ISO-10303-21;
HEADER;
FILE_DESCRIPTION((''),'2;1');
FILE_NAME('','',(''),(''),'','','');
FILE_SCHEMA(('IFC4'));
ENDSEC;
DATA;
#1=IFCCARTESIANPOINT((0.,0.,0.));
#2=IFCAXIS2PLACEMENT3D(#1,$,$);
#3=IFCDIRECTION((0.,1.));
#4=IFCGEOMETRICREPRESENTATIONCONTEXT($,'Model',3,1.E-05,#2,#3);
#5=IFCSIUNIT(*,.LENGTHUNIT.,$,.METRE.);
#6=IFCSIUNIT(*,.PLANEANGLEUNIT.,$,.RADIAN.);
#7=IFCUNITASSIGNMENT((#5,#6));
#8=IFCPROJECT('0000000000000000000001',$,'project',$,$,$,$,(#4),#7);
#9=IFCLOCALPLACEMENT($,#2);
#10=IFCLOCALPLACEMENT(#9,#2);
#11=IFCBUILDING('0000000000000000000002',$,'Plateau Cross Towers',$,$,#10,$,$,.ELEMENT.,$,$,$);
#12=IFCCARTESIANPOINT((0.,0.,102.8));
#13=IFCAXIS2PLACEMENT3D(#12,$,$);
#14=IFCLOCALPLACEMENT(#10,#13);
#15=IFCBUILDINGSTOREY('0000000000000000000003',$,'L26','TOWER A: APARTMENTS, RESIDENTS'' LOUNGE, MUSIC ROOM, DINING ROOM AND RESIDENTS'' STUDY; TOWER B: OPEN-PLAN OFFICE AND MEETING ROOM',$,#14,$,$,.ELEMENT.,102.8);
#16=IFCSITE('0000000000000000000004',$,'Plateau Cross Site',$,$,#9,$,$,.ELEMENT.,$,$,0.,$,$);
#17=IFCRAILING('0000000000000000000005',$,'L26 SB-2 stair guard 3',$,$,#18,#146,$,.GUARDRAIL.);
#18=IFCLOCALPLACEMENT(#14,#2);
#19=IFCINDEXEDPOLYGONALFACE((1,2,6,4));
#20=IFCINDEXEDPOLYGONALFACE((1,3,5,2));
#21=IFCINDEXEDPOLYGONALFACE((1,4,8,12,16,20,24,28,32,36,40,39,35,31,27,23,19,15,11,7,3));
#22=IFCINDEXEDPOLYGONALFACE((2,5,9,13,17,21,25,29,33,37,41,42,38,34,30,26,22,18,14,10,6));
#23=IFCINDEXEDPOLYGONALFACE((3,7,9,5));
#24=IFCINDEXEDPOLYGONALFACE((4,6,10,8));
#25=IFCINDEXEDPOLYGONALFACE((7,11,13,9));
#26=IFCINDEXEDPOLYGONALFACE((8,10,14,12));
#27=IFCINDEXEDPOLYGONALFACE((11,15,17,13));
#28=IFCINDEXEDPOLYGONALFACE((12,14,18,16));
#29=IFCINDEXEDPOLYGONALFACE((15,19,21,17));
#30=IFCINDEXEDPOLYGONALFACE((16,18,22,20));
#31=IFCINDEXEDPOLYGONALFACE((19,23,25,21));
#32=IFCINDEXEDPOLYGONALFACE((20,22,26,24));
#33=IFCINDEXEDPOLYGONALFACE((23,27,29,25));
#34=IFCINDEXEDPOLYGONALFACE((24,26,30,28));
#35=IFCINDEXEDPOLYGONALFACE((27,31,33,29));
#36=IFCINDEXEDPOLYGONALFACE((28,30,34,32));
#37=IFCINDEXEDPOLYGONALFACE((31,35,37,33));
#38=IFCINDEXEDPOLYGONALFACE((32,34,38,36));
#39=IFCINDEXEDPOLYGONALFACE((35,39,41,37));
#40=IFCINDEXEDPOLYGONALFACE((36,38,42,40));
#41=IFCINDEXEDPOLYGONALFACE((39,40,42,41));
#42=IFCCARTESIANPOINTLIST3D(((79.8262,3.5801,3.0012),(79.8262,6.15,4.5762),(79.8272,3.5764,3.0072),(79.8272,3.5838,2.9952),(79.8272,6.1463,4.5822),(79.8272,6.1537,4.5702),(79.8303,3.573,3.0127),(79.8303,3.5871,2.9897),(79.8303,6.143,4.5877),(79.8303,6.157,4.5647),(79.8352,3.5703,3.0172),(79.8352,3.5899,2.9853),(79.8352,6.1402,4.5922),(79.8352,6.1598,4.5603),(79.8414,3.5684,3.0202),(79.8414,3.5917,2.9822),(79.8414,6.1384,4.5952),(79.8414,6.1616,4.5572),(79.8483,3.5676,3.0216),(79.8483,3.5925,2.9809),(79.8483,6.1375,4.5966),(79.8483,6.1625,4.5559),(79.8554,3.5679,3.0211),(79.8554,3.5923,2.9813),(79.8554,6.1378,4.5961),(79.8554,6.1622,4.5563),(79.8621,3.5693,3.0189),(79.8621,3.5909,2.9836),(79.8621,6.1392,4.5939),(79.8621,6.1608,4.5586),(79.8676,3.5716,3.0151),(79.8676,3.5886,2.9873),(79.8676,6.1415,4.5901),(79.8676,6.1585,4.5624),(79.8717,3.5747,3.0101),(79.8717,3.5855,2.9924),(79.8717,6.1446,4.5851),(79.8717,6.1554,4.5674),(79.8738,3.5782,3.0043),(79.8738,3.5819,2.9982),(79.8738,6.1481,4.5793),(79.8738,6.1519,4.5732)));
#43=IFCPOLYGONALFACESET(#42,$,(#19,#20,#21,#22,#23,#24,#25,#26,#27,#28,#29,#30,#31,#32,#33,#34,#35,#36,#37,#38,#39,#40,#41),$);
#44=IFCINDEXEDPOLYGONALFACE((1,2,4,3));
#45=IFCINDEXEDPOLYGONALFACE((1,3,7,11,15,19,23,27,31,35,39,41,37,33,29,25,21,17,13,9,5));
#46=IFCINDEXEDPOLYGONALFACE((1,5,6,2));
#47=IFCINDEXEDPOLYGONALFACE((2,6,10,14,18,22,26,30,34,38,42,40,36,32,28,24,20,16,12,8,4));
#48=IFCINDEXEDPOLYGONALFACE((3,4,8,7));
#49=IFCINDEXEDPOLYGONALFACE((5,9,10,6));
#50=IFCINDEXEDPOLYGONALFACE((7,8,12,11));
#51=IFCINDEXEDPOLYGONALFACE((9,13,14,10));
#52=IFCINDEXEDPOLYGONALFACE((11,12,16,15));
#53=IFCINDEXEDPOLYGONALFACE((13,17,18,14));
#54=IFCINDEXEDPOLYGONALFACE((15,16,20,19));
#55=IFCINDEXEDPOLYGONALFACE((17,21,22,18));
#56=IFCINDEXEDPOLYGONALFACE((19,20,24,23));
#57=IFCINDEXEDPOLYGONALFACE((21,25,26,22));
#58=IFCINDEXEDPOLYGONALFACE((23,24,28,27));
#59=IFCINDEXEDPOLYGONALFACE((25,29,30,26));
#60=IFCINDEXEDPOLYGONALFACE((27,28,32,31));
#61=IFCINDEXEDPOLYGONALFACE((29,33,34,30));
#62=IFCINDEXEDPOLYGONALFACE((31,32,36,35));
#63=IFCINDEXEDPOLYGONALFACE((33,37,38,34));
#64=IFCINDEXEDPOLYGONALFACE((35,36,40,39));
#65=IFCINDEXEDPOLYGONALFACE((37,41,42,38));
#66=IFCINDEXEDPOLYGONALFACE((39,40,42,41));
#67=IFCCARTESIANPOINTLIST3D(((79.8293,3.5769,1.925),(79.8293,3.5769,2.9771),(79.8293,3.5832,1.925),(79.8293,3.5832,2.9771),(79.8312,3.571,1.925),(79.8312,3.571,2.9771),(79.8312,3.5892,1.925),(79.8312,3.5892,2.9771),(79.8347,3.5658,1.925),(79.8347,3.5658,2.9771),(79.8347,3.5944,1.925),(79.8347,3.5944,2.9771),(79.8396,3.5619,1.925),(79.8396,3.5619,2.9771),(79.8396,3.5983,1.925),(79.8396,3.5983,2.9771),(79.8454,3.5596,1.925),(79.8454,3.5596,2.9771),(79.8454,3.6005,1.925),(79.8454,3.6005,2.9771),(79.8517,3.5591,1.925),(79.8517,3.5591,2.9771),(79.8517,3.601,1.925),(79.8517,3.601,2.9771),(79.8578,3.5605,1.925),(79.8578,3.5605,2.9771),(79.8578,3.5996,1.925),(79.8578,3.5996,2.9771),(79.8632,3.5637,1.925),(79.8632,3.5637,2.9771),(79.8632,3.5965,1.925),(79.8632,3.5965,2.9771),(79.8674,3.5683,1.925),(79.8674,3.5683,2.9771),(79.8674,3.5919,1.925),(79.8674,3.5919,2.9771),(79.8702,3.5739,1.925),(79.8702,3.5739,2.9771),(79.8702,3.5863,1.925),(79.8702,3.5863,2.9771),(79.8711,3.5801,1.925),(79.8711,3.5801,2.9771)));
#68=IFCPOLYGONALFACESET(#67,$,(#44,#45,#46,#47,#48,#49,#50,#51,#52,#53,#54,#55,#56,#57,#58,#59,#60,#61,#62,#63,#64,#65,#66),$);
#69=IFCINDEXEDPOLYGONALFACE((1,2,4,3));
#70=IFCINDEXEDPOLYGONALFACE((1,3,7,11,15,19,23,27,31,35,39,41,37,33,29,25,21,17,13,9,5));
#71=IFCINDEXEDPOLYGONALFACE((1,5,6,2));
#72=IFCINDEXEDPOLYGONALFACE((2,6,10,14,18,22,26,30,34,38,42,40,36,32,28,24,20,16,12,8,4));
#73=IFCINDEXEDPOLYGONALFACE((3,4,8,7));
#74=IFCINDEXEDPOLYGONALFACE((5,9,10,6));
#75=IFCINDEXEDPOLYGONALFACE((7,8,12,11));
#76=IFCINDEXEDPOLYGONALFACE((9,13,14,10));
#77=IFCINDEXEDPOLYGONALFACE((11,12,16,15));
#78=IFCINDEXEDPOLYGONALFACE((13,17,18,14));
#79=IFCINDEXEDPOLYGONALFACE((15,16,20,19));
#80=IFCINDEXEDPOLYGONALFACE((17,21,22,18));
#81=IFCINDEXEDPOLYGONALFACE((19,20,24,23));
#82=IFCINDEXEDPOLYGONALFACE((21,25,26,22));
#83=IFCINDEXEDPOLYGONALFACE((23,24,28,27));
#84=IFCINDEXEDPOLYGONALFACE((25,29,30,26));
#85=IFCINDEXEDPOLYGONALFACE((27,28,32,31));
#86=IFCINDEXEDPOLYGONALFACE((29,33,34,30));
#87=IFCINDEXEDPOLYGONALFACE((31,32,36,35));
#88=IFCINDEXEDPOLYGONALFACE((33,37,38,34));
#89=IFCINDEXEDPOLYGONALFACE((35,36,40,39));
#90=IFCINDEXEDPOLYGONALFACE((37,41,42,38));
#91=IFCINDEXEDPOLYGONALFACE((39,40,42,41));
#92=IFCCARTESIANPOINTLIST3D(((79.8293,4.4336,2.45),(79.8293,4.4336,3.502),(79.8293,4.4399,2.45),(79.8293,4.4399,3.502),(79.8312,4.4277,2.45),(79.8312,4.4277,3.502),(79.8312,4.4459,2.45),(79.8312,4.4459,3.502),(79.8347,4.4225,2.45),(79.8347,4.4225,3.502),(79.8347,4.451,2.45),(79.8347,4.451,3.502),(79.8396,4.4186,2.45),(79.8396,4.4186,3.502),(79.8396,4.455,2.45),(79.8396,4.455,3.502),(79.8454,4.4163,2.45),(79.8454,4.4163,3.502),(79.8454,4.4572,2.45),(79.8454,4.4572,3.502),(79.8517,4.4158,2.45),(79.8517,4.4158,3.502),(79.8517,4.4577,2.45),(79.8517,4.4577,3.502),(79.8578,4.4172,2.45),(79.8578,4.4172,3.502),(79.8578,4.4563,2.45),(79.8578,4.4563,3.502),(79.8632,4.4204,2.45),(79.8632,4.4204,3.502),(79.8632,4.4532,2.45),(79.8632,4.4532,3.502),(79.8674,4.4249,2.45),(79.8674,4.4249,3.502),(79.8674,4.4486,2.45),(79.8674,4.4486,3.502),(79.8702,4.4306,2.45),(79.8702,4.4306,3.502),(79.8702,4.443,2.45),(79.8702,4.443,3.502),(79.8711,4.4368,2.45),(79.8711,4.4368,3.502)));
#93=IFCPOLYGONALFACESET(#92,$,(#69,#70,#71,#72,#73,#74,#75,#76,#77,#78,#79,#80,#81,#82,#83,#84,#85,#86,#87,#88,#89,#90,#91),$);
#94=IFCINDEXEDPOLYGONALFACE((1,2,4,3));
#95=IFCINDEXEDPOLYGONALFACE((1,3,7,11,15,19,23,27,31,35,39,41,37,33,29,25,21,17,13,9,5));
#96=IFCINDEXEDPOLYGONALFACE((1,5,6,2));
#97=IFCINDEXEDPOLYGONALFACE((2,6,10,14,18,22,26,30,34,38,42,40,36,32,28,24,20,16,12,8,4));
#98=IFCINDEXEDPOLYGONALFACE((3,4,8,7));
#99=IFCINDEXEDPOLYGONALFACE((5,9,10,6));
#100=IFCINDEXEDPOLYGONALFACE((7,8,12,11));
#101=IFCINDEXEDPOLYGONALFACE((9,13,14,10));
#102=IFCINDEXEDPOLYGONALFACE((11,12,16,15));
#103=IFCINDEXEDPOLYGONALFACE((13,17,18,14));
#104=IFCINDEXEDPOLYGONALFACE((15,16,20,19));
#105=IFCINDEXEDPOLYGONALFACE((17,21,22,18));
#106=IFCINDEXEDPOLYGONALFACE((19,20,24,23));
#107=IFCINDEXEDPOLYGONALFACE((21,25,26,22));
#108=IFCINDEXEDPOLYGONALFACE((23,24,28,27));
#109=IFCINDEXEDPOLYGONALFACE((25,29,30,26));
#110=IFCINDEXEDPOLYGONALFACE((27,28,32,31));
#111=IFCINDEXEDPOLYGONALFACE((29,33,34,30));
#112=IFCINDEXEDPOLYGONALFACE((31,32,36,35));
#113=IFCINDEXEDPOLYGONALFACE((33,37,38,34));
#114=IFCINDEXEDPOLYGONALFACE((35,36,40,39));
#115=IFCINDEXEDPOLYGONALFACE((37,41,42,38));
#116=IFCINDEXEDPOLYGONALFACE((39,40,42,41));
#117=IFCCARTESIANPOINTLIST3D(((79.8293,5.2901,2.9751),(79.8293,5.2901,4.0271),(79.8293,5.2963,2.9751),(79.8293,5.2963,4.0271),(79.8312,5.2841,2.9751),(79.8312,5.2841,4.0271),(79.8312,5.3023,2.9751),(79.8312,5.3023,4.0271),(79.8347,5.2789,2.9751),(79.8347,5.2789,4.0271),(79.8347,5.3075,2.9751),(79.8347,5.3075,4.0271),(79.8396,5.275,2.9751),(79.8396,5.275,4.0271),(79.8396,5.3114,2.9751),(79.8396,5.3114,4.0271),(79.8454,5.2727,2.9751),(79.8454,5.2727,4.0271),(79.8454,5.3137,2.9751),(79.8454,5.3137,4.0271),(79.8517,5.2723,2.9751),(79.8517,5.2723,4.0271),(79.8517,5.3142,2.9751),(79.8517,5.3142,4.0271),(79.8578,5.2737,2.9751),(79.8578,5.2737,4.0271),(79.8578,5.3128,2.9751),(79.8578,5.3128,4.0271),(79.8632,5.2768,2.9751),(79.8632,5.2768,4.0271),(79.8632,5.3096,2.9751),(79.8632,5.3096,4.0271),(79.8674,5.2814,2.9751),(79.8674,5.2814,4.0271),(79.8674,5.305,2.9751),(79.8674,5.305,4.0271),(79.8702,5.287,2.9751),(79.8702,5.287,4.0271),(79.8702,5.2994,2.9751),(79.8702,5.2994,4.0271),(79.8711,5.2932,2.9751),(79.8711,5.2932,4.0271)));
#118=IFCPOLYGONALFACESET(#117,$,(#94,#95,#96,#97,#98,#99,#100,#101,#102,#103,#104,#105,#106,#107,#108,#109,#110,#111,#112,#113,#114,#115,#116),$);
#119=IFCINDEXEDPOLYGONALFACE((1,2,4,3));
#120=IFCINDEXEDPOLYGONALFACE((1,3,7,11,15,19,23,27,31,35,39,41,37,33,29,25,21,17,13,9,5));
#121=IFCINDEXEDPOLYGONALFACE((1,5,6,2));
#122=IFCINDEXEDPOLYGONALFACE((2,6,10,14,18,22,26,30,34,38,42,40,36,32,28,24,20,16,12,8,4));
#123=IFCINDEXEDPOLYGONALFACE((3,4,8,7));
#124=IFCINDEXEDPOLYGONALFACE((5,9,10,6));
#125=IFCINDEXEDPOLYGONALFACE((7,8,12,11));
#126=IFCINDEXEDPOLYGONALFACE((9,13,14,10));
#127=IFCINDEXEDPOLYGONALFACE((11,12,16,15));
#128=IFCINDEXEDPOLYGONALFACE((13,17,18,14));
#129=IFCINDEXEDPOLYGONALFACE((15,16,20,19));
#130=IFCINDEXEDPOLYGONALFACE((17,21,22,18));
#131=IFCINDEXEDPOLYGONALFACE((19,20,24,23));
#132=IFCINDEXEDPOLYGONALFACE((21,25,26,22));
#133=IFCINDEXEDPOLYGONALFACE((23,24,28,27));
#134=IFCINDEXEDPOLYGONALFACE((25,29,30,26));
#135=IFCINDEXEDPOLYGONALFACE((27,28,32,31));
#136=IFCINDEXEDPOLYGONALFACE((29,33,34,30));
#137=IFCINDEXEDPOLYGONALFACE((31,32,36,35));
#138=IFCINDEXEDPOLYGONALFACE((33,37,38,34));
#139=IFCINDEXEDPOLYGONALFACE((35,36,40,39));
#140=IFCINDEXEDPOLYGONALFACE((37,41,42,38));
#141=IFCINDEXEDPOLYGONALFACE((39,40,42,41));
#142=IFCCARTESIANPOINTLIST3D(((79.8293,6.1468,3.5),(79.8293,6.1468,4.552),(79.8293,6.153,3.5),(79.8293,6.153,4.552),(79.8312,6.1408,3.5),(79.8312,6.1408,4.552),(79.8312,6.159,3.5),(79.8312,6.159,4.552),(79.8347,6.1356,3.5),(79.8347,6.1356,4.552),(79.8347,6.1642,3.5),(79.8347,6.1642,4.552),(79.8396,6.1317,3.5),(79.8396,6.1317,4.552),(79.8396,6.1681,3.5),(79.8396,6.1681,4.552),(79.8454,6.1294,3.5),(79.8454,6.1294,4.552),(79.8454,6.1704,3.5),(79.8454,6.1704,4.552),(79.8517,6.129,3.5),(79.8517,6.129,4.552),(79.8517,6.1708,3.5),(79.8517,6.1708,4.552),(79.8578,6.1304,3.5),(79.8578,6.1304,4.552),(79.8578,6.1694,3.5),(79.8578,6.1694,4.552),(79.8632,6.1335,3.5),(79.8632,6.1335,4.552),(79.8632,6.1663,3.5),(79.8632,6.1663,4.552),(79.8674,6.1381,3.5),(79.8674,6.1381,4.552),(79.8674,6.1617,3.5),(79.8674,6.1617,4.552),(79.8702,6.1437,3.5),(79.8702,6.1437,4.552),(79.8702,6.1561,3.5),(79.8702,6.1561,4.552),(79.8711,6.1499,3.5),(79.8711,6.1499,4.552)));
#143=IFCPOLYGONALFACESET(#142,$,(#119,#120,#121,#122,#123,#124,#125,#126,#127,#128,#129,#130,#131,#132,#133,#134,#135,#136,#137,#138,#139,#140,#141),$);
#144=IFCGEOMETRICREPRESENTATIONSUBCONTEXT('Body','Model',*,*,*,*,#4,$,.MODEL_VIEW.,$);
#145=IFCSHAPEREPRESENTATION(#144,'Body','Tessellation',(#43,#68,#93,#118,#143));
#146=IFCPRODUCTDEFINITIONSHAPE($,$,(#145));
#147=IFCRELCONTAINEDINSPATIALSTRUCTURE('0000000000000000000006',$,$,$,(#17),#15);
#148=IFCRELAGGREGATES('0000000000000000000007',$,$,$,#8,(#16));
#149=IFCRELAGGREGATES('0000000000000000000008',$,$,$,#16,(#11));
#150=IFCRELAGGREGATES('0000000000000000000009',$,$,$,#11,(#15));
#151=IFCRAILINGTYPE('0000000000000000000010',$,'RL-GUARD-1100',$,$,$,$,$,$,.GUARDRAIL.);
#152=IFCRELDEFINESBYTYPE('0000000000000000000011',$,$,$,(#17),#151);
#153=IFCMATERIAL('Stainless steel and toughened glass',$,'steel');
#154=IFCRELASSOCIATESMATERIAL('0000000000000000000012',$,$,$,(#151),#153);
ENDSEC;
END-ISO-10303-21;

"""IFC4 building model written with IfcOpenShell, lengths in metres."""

from ifc_helpers import new_model, si_unit, direction, frame, origin, origin_2d, place, context, subcontext, project, spatial, circle, extrude, material, type_object, element, save


model = new_model("IFC4")

# Units and contexts
model_context = context("Model", 3, precision=1e-05, world=origin(), true_north=direction((0.0, 1.0)))
body_context = subcontext(model_context, "Body", "Model", "MODEL_VIEW")
ifc_project = project(units=[si_unit("LENGTHUNIT", "METRE"), si_unit("PLANEANGLEUNIT", "RADIAN")], contexts=[model_context])

# Site, building, storey
site_placement = place(None, origin())
site = spatial("IfcSite", under=ifc_project, at=site_placement, Name="Plateau Cross Site", CompositionType="ELEMENT", RefElevation=0.0)
building_placement = place(site_placement, origin())
building = spatial("IfcBuilding", under=site, at=building_placement, Name="Plateau Cross Towers", CompositionType="ELEMENT")
storey_placement = place(building_placement, frame((0.0, 0.0, 102.8)))
storey = spatial("IfcBuildingStorey", under=building, at=storey_placement, Name="L26", Description="TOWER A: APARTMENTS, RESIDENTS' LOUNGE, MUSIC ROOM, DINING ROOM AND RESIDENTS' STUDY; TOWER B: OPEN-PLAN OFFICE AND MEETING ROOM", CompositionType="ELEMENT", Elevation=102.8)

# Railing
ifc_material_1 = material(Name="Stainless steel and toughened glass", Category="steel")
railing_type_1 = type_object("IfcRailingType", Name="RL-GUARD-1100", PredefinedType="GUARDRAIL", material=ifc_material_1)
railing_1_placement = place(storey_placement, frame((79.8501, 3.5801, 1.925)))
element("IfcRailing", 1, at=railing_1_placement, inside=storey, type_object=railing_type_1, Name="L26 SB-2 stair guard 3", PredefinedType="GUARDRAIL", context=body_context, shape_type="SweptSolid", body=[
    extrude(circle(Radius=0.0239, at=origin_2d()), frame((0.0, 0.0, 1.0762), z_axis=(0.0, 0.852616, 0.522537), x_axis=(-1.0, 0.0, 0.0)), (0.0, 0.0, 1.0), 3.0142),
    extrude(circle(Radius=0.021, at=origin_2d()), origin(), (0.0, 0.0, 1.0), 1.052),
    extrude(circle(Radius=0.021, at=origin_2d()), frame((0.0, 0.8567, 0.5249)), (0.0, 0.0, 1.0), 1.052),
    extrude(circle(Radius=0.021, at=origin_2d()), frame((0.0, 1.7131, 1.05)), (0.0, 0.0, 1.0), 1.052),
    extrude(circle(Radius=0.021, at=origin_2d()), frame((0.0, 2.5698, 1.575)), (0.0, 0.0, 1.0), 1.052),
])

save(model, "model.ifc")
